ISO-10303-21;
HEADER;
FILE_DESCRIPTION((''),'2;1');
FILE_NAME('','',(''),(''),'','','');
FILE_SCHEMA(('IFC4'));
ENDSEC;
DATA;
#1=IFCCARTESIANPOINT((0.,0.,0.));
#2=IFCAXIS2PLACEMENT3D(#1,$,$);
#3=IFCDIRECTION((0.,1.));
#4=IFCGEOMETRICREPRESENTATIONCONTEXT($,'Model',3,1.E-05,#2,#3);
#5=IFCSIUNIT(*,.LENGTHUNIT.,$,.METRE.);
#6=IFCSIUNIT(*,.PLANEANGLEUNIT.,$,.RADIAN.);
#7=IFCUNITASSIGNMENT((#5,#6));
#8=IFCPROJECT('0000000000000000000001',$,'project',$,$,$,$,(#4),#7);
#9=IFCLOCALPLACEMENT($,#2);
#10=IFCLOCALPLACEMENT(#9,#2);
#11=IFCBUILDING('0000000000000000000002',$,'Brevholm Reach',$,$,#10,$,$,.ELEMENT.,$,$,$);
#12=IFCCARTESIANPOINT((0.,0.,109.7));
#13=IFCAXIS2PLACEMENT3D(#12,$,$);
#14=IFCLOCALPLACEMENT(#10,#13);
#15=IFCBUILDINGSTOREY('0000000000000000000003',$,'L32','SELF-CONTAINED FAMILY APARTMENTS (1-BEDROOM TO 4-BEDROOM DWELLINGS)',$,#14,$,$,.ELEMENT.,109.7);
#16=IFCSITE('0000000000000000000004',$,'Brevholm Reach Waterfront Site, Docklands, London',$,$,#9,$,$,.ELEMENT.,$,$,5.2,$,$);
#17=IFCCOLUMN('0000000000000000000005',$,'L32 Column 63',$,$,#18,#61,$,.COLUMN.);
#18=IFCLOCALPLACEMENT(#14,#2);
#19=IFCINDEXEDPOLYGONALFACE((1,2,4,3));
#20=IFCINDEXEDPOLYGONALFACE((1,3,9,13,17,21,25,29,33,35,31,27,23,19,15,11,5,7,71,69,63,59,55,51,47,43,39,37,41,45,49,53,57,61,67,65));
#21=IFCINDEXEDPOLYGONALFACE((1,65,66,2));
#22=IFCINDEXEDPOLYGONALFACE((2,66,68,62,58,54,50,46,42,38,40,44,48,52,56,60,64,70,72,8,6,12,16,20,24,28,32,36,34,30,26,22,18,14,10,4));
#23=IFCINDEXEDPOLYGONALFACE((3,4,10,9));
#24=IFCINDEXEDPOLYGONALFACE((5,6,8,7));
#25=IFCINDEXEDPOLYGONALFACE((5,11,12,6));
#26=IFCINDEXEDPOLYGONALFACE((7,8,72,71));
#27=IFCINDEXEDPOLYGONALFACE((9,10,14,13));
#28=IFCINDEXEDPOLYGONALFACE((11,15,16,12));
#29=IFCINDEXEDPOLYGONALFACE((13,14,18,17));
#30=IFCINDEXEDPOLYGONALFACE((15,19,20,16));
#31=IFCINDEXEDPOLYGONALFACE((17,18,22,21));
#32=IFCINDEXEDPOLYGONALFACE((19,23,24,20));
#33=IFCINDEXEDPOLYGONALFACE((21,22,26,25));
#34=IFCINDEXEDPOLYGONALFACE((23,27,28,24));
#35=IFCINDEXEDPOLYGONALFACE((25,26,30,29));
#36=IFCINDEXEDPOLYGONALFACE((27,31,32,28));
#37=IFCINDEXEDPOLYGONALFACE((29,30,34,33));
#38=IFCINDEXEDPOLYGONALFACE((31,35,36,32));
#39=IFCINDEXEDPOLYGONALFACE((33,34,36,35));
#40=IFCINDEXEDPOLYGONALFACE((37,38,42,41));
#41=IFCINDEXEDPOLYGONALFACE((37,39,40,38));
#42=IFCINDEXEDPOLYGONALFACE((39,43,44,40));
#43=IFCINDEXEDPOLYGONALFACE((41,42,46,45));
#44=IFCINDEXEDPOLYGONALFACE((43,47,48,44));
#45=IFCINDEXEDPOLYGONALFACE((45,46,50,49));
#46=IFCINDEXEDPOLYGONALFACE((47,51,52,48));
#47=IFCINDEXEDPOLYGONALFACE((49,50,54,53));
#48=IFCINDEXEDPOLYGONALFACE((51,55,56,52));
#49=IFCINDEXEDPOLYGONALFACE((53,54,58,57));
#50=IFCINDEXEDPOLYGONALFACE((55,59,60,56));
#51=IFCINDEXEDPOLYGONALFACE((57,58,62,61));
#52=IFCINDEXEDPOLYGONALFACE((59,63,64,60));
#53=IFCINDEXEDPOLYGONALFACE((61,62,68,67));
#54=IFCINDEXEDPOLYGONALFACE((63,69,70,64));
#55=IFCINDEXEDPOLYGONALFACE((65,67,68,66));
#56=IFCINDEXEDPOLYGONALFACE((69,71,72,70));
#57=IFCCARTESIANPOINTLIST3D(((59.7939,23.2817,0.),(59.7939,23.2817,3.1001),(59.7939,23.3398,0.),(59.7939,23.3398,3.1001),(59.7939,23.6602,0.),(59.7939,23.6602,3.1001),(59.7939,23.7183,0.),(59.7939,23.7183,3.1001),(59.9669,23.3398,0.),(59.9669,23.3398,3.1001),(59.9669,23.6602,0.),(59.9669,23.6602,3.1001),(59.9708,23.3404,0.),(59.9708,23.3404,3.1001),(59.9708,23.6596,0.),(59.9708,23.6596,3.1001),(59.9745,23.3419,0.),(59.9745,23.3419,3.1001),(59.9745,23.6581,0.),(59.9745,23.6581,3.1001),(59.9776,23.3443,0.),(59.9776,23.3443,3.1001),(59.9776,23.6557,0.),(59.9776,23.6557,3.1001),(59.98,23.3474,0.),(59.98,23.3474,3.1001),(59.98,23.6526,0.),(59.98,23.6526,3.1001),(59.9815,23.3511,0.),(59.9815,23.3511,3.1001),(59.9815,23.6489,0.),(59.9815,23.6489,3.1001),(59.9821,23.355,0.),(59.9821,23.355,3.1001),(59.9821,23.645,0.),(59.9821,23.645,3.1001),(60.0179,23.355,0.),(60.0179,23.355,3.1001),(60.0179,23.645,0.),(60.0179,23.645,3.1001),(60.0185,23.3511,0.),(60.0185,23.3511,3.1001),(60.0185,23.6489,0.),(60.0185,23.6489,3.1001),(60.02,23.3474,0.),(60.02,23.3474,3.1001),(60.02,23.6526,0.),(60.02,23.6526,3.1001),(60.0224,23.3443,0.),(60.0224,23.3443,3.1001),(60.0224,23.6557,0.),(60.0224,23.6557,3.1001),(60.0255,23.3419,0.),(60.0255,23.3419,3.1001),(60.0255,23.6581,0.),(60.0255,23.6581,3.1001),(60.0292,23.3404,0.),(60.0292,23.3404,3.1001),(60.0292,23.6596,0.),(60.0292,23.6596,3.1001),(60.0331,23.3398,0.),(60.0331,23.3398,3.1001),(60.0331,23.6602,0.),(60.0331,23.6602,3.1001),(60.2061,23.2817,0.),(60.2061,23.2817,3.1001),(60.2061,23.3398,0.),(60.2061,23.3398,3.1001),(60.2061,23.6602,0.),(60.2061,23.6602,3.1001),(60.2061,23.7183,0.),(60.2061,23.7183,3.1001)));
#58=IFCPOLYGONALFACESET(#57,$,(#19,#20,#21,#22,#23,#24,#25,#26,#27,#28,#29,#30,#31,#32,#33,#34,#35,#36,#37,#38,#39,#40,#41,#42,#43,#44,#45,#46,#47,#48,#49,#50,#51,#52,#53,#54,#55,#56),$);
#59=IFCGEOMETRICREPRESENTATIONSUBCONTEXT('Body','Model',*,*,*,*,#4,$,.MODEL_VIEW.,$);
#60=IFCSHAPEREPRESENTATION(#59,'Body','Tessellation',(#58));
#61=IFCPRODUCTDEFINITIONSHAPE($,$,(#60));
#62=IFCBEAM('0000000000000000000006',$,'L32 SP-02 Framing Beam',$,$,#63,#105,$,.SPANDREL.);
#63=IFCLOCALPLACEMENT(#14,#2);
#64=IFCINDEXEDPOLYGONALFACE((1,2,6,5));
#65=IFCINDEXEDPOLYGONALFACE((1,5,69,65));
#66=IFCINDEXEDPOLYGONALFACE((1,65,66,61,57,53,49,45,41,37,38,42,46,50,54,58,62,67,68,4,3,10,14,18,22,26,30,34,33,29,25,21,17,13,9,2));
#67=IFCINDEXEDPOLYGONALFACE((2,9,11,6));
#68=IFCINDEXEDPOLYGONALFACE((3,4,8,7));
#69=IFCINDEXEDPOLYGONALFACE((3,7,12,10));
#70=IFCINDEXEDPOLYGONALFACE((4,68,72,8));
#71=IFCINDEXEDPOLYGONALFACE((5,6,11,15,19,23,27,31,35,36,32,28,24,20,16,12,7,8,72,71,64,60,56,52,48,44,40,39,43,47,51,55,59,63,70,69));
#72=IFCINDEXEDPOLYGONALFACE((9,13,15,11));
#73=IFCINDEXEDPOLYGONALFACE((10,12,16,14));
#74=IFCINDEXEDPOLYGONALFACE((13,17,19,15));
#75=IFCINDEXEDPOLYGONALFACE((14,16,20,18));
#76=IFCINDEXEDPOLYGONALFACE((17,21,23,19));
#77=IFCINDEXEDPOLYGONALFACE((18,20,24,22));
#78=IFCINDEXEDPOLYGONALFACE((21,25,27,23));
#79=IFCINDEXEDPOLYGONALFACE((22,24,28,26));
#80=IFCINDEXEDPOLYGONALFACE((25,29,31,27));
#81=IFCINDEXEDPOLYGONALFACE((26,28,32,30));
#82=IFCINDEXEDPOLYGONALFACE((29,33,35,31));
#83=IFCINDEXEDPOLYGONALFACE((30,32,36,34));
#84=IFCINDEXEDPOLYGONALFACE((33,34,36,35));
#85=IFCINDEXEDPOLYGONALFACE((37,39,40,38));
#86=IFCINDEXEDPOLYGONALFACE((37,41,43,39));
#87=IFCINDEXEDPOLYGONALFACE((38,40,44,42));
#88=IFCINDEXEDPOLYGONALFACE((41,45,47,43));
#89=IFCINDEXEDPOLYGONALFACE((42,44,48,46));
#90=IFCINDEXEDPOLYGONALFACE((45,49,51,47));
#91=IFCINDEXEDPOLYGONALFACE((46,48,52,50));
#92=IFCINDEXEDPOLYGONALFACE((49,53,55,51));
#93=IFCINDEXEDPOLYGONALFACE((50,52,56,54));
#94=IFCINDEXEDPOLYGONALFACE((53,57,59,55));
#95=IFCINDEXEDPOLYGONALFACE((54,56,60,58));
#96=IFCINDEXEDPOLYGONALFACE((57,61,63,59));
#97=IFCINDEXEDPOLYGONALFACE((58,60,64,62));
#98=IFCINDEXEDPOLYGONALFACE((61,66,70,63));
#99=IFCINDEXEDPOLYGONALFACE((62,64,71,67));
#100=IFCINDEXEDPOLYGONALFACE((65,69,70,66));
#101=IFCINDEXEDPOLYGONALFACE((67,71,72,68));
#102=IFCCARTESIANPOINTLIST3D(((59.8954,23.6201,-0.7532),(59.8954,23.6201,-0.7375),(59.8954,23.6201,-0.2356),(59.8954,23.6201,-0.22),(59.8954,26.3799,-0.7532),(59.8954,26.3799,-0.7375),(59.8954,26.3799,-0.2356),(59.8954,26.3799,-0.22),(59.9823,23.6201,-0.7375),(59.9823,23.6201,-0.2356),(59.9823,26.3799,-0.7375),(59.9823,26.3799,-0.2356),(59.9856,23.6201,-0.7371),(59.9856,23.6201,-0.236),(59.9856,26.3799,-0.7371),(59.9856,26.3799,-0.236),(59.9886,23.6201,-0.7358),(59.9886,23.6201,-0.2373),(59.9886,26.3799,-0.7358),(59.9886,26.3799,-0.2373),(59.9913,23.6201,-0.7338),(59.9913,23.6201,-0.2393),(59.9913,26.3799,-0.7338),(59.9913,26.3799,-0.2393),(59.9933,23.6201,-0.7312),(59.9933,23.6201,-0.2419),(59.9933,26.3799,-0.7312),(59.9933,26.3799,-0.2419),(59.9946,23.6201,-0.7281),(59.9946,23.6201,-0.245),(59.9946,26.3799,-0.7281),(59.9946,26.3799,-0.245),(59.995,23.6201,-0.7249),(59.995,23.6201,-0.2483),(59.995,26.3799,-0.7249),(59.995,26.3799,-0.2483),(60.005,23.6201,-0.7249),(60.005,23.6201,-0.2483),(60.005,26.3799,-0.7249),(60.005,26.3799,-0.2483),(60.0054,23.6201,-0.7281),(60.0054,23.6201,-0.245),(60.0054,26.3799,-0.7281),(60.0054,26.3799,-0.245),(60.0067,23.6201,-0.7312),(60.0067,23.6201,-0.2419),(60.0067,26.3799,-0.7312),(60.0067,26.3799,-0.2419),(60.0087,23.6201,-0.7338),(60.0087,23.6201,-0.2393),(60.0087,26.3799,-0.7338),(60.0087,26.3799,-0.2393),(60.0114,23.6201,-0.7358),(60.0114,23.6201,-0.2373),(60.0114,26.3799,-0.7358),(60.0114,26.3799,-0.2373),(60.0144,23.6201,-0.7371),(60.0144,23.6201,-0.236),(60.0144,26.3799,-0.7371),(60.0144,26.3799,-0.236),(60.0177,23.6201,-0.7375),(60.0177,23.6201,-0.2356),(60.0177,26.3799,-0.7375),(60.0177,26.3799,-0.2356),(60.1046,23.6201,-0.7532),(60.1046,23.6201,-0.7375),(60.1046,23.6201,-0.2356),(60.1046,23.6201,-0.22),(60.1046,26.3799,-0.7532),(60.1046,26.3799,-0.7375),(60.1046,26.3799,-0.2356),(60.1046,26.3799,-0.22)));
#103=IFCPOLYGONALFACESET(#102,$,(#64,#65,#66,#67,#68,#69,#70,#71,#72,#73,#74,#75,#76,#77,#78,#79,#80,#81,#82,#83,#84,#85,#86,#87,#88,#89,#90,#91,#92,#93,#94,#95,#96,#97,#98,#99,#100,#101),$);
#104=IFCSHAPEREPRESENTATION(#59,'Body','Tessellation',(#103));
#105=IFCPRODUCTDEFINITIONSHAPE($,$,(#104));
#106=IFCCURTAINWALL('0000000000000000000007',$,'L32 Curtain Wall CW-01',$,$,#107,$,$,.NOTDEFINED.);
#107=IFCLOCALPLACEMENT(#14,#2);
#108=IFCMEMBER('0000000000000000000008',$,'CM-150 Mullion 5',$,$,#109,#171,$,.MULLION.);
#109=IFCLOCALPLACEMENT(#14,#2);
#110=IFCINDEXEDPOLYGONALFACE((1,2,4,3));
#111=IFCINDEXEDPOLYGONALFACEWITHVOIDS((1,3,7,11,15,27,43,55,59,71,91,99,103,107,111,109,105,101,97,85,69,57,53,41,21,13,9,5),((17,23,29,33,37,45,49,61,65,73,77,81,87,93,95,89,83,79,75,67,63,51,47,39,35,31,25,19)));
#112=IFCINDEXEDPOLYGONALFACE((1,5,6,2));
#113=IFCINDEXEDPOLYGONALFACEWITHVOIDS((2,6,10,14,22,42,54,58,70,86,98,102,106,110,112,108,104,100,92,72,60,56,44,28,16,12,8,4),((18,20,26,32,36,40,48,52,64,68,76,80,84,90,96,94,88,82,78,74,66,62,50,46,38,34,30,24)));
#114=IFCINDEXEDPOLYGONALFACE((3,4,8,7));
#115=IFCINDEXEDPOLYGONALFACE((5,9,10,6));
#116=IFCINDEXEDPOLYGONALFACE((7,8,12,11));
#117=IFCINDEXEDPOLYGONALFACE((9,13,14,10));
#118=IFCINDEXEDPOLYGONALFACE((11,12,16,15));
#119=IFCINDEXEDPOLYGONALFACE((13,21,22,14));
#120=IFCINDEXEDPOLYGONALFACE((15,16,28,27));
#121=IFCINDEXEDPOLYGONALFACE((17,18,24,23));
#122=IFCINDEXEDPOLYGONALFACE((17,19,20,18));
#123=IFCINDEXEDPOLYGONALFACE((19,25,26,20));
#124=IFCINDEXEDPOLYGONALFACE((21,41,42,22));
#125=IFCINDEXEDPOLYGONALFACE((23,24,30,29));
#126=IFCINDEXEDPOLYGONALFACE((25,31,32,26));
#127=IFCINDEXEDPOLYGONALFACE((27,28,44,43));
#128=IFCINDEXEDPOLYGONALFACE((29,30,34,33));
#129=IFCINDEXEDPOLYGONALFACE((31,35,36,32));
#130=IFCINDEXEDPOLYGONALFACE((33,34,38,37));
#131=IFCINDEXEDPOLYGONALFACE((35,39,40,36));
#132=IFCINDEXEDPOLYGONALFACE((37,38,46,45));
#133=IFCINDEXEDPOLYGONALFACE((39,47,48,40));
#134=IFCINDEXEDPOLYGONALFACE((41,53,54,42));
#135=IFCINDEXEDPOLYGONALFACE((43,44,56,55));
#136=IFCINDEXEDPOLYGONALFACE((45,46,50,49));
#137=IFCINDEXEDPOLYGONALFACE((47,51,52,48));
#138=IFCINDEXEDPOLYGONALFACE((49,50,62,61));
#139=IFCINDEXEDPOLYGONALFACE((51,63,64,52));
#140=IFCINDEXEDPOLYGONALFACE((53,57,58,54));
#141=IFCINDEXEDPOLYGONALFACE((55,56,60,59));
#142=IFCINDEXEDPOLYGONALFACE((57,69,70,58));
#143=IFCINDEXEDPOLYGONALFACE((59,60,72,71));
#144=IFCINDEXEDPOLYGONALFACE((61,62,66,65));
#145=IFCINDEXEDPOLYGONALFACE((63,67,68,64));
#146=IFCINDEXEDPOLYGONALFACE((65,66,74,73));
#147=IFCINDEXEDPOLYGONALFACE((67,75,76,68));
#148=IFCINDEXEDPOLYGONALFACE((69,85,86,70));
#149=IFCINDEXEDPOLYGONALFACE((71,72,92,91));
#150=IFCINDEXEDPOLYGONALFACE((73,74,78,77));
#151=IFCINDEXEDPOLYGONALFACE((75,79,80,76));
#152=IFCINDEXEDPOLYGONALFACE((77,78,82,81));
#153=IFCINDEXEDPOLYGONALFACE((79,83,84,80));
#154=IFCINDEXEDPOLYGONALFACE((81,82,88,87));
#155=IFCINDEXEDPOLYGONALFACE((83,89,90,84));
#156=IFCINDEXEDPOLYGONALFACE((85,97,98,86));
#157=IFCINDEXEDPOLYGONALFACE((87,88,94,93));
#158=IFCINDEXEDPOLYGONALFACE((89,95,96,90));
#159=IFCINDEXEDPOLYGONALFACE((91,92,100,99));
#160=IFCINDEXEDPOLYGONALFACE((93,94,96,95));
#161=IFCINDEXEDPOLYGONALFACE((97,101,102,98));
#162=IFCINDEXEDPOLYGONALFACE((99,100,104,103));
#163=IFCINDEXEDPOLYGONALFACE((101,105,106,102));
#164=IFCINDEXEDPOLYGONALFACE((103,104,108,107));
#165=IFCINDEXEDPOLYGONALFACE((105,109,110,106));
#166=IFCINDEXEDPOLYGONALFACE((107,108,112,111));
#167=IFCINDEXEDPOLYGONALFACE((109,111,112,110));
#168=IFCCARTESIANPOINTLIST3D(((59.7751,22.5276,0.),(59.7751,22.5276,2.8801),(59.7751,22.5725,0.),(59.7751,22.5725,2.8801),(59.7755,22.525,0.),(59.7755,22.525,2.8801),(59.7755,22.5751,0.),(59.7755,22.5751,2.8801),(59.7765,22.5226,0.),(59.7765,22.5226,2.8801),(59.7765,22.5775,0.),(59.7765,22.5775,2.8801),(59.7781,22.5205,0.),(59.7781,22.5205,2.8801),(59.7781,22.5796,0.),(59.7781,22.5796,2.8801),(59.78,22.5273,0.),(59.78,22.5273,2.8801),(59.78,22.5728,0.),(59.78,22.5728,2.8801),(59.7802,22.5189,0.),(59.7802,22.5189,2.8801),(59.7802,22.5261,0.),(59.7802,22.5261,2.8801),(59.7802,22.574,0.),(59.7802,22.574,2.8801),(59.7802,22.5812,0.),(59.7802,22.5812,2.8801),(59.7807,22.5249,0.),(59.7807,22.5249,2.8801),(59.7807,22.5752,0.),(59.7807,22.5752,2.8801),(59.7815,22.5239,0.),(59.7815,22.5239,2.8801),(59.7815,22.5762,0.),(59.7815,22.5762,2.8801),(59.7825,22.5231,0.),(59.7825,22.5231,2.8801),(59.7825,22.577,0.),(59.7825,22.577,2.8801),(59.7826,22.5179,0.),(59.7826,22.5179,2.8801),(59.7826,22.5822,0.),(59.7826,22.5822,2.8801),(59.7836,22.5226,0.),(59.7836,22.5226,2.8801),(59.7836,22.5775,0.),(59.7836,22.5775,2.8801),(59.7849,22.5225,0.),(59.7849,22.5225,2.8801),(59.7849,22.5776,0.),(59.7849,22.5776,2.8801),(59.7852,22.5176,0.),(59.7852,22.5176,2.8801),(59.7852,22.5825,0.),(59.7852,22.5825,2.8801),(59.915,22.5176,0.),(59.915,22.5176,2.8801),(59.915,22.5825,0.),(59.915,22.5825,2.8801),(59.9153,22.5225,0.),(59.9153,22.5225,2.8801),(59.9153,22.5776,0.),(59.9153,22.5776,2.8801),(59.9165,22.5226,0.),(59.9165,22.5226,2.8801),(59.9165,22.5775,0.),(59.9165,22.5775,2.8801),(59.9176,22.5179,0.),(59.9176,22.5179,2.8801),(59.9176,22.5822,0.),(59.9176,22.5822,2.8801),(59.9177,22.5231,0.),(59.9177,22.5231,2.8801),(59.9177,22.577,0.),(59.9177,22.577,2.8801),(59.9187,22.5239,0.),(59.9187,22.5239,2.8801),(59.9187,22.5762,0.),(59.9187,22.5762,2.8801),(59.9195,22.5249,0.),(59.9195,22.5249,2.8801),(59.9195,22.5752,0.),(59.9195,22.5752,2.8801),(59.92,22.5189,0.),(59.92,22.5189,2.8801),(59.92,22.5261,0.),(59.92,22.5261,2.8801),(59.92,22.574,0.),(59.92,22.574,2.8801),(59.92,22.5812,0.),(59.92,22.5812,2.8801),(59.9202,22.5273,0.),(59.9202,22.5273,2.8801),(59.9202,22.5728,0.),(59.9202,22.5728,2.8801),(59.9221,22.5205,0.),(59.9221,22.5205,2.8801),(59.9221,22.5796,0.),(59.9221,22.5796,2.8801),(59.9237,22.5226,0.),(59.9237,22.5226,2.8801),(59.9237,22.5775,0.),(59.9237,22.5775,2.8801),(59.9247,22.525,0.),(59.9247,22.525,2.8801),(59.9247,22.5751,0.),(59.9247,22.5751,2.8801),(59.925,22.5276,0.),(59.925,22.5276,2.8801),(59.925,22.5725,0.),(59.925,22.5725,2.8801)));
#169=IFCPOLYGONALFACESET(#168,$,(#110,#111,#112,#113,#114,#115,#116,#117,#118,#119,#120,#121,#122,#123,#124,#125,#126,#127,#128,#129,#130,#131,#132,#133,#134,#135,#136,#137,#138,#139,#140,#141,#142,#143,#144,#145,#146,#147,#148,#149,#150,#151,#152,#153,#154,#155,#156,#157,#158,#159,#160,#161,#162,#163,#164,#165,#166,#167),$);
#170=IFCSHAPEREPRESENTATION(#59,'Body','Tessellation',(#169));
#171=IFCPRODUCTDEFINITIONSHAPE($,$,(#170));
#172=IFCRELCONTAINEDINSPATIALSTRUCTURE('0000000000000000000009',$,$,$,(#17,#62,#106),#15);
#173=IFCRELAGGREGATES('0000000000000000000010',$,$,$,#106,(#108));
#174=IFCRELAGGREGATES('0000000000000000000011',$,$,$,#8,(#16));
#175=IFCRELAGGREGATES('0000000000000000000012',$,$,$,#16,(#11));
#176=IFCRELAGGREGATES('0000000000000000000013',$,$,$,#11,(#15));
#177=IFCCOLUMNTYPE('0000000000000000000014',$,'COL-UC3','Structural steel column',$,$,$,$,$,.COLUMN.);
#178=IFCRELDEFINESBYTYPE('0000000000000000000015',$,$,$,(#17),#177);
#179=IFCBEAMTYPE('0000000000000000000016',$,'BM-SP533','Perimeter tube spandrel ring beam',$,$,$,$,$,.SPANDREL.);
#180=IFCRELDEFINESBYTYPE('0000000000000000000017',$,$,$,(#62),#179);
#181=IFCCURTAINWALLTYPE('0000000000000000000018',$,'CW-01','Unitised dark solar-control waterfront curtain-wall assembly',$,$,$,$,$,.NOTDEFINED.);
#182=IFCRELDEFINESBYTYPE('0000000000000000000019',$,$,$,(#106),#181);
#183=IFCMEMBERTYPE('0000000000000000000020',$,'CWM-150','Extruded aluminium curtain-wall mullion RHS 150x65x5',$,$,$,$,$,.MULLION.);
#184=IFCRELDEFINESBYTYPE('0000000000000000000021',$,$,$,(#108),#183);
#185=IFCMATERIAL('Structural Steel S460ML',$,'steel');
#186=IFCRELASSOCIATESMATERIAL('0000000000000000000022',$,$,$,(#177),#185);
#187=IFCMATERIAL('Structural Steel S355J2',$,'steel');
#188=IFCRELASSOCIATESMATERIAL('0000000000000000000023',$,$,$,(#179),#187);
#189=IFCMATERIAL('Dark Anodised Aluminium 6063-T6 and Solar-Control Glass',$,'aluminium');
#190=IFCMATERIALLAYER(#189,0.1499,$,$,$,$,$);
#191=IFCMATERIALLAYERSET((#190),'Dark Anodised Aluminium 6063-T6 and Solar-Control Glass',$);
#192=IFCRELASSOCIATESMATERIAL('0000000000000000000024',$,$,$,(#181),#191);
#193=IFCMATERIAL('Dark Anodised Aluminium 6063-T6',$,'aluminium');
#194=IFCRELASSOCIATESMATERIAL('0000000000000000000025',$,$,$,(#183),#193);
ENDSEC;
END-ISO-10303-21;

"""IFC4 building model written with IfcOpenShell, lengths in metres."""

from ifc_helpers import new_model, si_unit, direction, frame, origin, origin_2d, place, context, subcontext, project, spatial, hollow_rectangle, i_section, extrude, material, layer, layer_set, material_profile, profile_set, type_object, element, aggregate, save


model = new_model("IFC4")

# Units and contexts
model_context = context("Model", 3, precision=1e-05, world=origin(), true_north=direction((0.0, 1.0)))
body_context = subcontext(model_context, "Body", "Model", "MODEL_VIEW")
ifc_project = project(units=[si_unit("LENGTHUNIT", "METRE"), si_unit("PLANEANGLEUNIT", "RADIAN")], contexts=[model_context])

# Site, building, storey
site_placement = place(None, origin())
site = spatial("IfcSite", under=ifc_project, at=site_placement, Name="Brevholm Reach Waterfront Site, Docklands, London", CompositionType="ELEMENT", RefElevation=5.2)
building_placement = place(site_placement, origin())
building = spatial("IfcBuilding", under=site, at=building_placement, Name="Brevholm Reach", CompositionType="ELEMENT")
storey_placement = place(building_placement, frame((0.0, 0.0, 109.7)))
storey = spatial("IfcBuildingStorey", under=building, at=storey_placement, Name="L32", Description="SELF-CONTAINED FAMILY APARTMENTS (1-BEDROOM TO 4-BEDROOM DWELLINGS)", CompositionType="ELEMENT", Elevation=109.7)

# Column
ifc_material_1 = material(Name="Structural Steel S460ML", Category="steel")
ifc_material_profile_1 = material_profile(ifc_material_1, i_section(OverallWidth=0.4121, OverallDepth=0.4365, WebThickness=0.0359, FlangeThickness=0.0581, FilletRadius=0.0151, at=origin_2d()), Name="UKC 356x406x467")
ifc_profile_set_1 = profile_set([ifc_material_profile_1], Name="Structural Steel S460ML")
column_type = type_object("IfcColumnType", Name="COL-UC3", Description="Structural steel column", PredefinedType="COLUMN", material=ifc_profile_set_1)
column_placement = place(storey_placement, frame((60.0, 23.5, 0.0), z_axis=(0.0, 0.0, 1.0), x_axis=(1.0, 0.0, 0.0)))
element("IfcColumn", 1, at=column_placement, inside=storey, type_object=column_type, Name="L32 Column 63", PredefinedType="COLUMN", context=body_context, shape_type="SweptSolid", body=[
    extrude(i_section(OverallWidth=0.4121, OverallDepth=0.4365, WebThickness=0.0359, FlangeThickness=0.0581, FilletRadius=0.0151, at=origin_2d()), origin(), (0.0, 0.0, 1.0), 3.1001),
])

# Beam
ifc_material_2 = material(Name="Structural Steel S355J2", Category="steel")
ifc_material_profile_2 = material_profile(ifc_material_2, i_section(OverallWidth=0.2092, OverallDepth=0.5332, WebThickness=0.01, FlangeThickness=0.0156, FilletRadius=0.0127, at=origin_2d()), Name="UKB 533x210x92")
ifc_profile_set_2 = profile_set([ifc_material_profile_2], Name="Structural Steel S355J2")
beam_type = type_object("IfcBeamType", Name="BM-SP533", Description="Perimeter tube spandrel ring beam", PredefinedType="SPANDREL", material=ifc_profile_set_2)
beam_placement = place(storey_placement, frame((60.0, 23.6201, -0.4866), z_axis=(0.0, 1.0, 0.0), x_axis=(-1.0, 0.0, 0.0)))
element("IfcBeam", 2, at=beam_placement, inside=storey, type_object=beam_type, Name="L32 SP-02 Framing Beam", PredefinedType="SPANDREL", context=body_context, shape_type="SweptSolid", body=[
    extrude(i_section(OverallWidth=0.2092, OverallDepth=0.5332, WebThickness=0.01, FlangeThickness=0.0156, FilletRadius=0.0127, at=origin_2d()), origin(), (0.0, 0.0, 1.0), 2.7598),
])

# Curtain wall, member
ifc_material_3 = material(Name="Dark Anodised Aluminium 6063-T6 and Solar-Control Glass", Category="aluminium")
ifc_layer_1 = layer(ifc_material_3, 0.1499)
ifc_layer_set_1 = layer_set([ifc_layer_1], Name="Dark Anodised Aluminium 6063-T6 and Solar-Control Glass")
curtain_wall_type = type_object("IfcCurtainWallType", Name="CW-01", Description="Unitised dark solar-control waterfront curtain-wall assembly", PredefinedType="NOTDEFINED", material=ifc_layer_set_1)
curtain_wall_placement = place(storey_placement, origin())
curtain_wall = element("IfcCurtainWall", 3, at=curtain_wall_placement, inside=storey, type_object=curtain_wall_type, Name="L32 Curtain Wall CW-01", PredefinedType="NOTDEFINED")
ifc_material_4 = material(Name="Dark Anodised Aluminium 6063-T6", Category="aluminium")
ifc_material_profile_3 = material_profile(ifc_material_4, hollow_rectangle(XDim=0.0649, YDim=0.1499, WallThickness=0.0049, InnerFilletRadius=0.0049, OuterFilletRadius=0.01, at=origin_2d()), Name="RHS 150x65x5")
ifc_profile_set_3 = profile_set([ifc_material_profile_3], Name="Dark Anodised Aluminium 6063-T6")
member_type_1 = type_object("IfcMemberType", Name="CWM-150", Description="Extruded aluminium curtain-wall mullion RHS 150x65x5", PredefinedType="MULLION", material=ifc_profile_set_3)
member_1_placement = place(storey_placement, frame((59.8501, 22.55, 0.0), z_axis=(0.0, 0.0, 1.0), x_axis=(0.0, 1.0, 0.0)))
member_1 = element("IfcMember", 4, at=member_1_placement, type_object=member_type_1, Name="CM-150 Mullion 5", PredefinedType="MULLION", context=body_context, shape_type="SweptSolid", body=[
    extrude(hollow_rectangle(XDim=0.0649, YDim=0.1499, WallThickness=0.0049, InnerFilletRadius=0.0049, OuterFilletRadius=0.01, at=origin_2d()), origin(), (0.0, 0.0, 1.0), 2.8801),
])
aggregate(curtain_wall, [member_1])

save(model, "model.ifc")
